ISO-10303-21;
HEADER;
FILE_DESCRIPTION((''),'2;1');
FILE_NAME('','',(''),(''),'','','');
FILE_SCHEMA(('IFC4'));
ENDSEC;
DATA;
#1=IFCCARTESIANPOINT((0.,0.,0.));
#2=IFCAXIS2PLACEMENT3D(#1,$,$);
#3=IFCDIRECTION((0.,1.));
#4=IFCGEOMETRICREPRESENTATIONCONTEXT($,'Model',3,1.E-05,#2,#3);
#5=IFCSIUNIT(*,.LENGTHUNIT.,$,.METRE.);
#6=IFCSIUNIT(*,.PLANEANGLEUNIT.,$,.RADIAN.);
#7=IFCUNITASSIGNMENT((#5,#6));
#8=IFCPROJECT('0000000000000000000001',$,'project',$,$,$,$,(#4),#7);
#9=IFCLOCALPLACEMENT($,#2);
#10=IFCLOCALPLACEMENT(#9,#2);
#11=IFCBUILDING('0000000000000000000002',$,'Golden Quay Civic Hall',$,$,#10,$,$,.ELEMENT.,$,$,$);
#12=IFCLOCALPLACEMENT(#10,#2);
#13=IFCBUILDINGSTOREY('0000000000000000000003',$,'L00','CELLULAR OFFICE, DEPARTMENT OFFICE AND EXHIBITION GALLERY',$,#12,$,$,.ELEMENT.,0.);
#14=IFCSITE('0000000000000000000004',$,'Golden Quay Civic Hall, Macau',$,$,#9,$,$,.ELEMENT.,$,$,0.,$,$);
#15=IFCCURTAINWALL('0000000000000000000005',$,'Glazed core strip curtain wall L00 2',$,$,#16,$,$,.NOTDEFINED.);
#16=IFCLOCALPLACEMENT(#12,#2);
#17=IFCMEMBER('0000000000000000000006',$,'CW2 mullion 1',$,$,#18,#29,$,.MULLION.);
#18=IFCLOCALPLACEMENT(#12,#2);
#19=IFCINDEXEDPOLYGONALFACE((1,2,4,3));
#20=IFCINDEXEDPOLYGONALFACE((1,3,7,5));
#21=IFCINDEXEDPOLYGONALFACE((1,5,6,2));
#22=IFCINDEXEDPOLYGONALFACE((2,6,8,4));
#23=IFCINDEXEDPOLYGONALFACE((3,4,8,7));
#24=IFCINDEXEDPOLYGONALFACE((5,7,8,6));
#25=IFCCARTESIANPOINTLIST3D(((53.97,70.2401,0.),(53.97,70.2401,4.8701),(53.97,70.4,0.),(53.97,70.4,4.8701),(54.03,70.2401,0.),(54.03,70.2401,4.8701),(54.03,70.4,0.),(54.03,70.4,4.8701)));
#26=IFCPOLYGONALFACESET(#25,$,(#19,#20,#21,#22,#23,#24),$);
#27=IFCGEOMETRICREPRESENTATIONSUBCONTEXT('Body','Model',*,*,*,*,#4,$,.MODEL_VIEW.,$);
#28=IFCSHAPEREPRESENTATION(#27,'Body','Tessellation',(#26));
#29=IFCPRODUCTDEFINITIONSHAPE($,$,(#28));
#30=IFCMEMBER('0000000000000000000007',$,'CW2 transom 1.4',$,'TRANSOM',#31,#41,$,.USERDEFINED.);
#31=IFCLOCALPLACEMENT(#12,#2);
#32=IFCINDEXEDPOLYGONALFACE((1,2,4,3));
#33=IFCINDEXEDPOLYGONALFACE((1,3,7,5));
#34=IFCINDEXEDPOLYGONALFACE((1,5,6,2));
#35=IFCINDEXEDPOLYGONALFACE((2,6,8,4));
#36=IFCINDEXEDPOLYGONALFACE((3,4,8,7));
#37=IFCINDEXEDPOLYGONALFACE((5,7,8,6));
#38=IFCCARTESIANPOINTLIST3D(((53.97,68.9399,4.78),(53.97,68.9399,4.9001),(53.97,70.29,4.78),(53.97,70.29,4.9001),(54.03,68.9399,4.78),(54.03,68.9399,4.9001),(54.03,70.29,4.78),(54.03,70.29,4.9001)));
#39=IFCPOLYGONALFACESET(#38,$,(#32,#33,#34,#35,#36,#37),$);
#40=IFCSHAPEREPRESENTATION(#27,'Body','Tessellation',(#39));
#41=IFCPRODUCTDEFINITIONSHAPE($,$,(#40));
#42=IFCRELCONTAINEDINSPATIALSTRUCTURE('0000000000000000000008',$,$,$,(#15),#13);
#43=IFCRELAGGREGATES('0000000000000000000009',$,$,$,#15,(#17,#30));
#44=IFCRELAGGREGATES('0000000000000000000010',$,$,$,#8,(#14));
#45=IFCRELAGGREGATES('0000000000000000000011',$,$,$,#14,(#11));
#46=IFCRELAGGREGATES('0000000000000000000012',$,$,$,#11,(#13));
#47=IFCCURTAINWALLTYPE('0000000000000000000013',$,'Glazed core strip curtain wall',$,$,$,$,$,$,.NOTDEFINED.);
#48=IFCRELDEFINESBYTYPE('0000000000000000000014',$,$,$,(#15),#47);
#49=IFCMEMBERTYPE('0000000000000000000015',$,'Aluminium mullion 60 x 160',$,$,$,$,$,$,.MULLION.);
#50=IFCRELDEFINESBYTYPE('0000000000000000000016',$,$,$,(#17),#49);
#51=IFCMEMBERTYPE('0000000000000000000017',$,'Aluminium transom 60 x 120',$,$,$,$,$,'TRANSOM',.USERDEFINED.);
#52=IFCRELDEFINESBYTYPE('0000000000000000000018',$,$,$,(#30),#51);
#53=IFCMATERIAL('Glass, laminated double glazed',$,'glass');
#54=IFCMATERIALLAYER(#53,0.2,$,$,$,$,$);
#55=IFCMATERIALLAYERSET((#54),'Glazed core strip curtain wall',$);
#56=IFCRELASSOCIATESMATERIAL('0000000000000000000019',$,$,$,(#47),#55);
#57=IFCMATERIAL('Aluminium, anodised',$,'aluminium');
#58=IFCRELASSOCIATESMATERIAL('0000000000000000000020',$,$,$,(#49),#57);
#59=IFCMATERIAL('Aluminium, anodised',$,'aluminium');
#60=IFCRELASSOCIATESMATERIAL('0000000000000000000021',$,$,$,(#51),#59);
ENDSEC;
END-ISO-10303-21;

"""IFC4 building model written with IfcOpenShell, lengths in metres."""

from ifc_helpers import new_model, si_unit, direction, frame, origin, origin_2d, place, context, subcontext, project, spatial, rectangle, extrude, material, layer, layer_set, material_profile, profile_set, type_object, element, aggregate, save


model = new_model("IFC4")

# Units and contexts
model_context = context("Model", 3, precision=1e-05, world=origin(), true_north=direction((0.0, 1.0)))
body_context = subcontext(model_context, "Body", "Model", "MODEL_VIEW")
ifc_project = project(units=[si_unit("LENGTHUNIT", "METRE"), si_unit("PLANEANGLEUNIT", "RADIAN")], contexts=[model_context])

# Site, building, storey
site_placement = place(None, origin())
site = spatial("IfcSite", under=ifc_project, at=site_placement, Name="Golden Quay Civic Hall, Macau", CompositionType="ELEMENT", RefElevation=0.0)
building_placement = place(site_placement, origin())
building = spatial("IfcBuilding", under=site, at=building_placement, Name="Golden Quay Civic Hall", CompositionType="ELEMENT")
storey_placement = place(building_placement, origin())
storey = spatial("IfcBuildingStorey", under=building, at=storey_placement, Name="L00", Description="CELLULAR OFFICE, DEPARTMENT OFFICE AND EXHIBITION GALLERY", CompositionType="ELEMENT", Elevation=0.0)

# Curtain wall, members
ifc_material_1 = material(Name="Glass, laminated double glazed", Category="glass")
ifc_layer_1 = layer(ifc_material_1, 0.2)
ifc_layer_set_1 = layer_set([ifc_layer_1], Name="Glazed core strip curtain wall")
curtain_wall_type = type_object("IfcCurtainWallType", Name="Glazed core strip curtain wall", PredefinedType="NOTDEFINED", material=ifc_layer_set_1)
curtain_wall_placement = place(storey_placement, origin())
curtain_wall = element("IfcCurtainWall", 1, at=curtain_wall_placement, inside=storey, type_object=curtain_wall_type, Name="Glazed core strip curtain wall L00 2", PredefinedType="NOTDEFINED")
ifc_material_2 = material(Name="Aluminium, anodised", Category="aluminium")
ifc_material_profile_1 = material_profile(ifc_material_2, rectangle(XDim=0.0601, YDim=0.1599, at=origin_2d()), Name="Aluminium 60 x 160")
ifc_profile_set_1 = profile_set([ifc_material_profile_1], Name="Aluminium, anodised")
member_type_1 = type_object("IfcMemberType", Name="Aluminium mullion 60 x 160", PredefinedType="MULLION", material=ifc_profile_set_1)
member_1_placement = place(storey_placement, frame((54.0, 70.3201, 0.0), z_axis=(0.0, 0.0, 1.0), x_axis=(1.0, 0.0, 0.0)))
member_1 = element("IfcMember", 2, at=member_1_placement, type_object=member_type_1, Name="CW2 mullion 1", PredefinedType="MULLION", context=body_context, shape_type="SweptSolid", body=[
    extrude(rectangle(XDim=0.0601, YDim=0.1599, at=origin_2d()), origin(), (0.0, 0.0, 1.0), 4.8701),
])
ifc_material_3 = material(Name="Aluminium, anodised", Category="aluminium")
ifc_material_profile_2 = material_profile(ifc_material_3, rectangle(XDim=0.0601, YDim=0.1201, at=origin_2d()), Name="Aluminium 60 x 120")
ifc_profile_set_2 = profile_set([ifc_material_profile_2], Name="Aluminium, anodised")
member_type_2 = type_object("IfcMemberType", Name="Aluminium transom 60 x 120", ElementType="TRANSOM", PredefinedType="USERDEFINED", material=ifc_profile_set_2)
member_2_placement = place(storey_placement, frame((54.0, 70.29, 4.8401), z_axis=(0.0, -1.0, 0.0), x_axis=(1.0, 0.0, 0.0)))
member_2 = element("IfcMember", 3, at=member_2_placement, type_object=member_type_2, Name="CW2 transom 1.4", ObjectType="TRANSOM", PredefinedType="USERDEFINED", context=body_context, shape_type="SweptSolid", body=[
    extrude(rectangle(XDim=0.0601, YDim=0.1201, at=origin_2d()), origin(), (0.0, 0.0, 1.0), 1.3501),
])
aggregate(curtain_wall, [member_1, member_2])

save(model, "model.ifc")
